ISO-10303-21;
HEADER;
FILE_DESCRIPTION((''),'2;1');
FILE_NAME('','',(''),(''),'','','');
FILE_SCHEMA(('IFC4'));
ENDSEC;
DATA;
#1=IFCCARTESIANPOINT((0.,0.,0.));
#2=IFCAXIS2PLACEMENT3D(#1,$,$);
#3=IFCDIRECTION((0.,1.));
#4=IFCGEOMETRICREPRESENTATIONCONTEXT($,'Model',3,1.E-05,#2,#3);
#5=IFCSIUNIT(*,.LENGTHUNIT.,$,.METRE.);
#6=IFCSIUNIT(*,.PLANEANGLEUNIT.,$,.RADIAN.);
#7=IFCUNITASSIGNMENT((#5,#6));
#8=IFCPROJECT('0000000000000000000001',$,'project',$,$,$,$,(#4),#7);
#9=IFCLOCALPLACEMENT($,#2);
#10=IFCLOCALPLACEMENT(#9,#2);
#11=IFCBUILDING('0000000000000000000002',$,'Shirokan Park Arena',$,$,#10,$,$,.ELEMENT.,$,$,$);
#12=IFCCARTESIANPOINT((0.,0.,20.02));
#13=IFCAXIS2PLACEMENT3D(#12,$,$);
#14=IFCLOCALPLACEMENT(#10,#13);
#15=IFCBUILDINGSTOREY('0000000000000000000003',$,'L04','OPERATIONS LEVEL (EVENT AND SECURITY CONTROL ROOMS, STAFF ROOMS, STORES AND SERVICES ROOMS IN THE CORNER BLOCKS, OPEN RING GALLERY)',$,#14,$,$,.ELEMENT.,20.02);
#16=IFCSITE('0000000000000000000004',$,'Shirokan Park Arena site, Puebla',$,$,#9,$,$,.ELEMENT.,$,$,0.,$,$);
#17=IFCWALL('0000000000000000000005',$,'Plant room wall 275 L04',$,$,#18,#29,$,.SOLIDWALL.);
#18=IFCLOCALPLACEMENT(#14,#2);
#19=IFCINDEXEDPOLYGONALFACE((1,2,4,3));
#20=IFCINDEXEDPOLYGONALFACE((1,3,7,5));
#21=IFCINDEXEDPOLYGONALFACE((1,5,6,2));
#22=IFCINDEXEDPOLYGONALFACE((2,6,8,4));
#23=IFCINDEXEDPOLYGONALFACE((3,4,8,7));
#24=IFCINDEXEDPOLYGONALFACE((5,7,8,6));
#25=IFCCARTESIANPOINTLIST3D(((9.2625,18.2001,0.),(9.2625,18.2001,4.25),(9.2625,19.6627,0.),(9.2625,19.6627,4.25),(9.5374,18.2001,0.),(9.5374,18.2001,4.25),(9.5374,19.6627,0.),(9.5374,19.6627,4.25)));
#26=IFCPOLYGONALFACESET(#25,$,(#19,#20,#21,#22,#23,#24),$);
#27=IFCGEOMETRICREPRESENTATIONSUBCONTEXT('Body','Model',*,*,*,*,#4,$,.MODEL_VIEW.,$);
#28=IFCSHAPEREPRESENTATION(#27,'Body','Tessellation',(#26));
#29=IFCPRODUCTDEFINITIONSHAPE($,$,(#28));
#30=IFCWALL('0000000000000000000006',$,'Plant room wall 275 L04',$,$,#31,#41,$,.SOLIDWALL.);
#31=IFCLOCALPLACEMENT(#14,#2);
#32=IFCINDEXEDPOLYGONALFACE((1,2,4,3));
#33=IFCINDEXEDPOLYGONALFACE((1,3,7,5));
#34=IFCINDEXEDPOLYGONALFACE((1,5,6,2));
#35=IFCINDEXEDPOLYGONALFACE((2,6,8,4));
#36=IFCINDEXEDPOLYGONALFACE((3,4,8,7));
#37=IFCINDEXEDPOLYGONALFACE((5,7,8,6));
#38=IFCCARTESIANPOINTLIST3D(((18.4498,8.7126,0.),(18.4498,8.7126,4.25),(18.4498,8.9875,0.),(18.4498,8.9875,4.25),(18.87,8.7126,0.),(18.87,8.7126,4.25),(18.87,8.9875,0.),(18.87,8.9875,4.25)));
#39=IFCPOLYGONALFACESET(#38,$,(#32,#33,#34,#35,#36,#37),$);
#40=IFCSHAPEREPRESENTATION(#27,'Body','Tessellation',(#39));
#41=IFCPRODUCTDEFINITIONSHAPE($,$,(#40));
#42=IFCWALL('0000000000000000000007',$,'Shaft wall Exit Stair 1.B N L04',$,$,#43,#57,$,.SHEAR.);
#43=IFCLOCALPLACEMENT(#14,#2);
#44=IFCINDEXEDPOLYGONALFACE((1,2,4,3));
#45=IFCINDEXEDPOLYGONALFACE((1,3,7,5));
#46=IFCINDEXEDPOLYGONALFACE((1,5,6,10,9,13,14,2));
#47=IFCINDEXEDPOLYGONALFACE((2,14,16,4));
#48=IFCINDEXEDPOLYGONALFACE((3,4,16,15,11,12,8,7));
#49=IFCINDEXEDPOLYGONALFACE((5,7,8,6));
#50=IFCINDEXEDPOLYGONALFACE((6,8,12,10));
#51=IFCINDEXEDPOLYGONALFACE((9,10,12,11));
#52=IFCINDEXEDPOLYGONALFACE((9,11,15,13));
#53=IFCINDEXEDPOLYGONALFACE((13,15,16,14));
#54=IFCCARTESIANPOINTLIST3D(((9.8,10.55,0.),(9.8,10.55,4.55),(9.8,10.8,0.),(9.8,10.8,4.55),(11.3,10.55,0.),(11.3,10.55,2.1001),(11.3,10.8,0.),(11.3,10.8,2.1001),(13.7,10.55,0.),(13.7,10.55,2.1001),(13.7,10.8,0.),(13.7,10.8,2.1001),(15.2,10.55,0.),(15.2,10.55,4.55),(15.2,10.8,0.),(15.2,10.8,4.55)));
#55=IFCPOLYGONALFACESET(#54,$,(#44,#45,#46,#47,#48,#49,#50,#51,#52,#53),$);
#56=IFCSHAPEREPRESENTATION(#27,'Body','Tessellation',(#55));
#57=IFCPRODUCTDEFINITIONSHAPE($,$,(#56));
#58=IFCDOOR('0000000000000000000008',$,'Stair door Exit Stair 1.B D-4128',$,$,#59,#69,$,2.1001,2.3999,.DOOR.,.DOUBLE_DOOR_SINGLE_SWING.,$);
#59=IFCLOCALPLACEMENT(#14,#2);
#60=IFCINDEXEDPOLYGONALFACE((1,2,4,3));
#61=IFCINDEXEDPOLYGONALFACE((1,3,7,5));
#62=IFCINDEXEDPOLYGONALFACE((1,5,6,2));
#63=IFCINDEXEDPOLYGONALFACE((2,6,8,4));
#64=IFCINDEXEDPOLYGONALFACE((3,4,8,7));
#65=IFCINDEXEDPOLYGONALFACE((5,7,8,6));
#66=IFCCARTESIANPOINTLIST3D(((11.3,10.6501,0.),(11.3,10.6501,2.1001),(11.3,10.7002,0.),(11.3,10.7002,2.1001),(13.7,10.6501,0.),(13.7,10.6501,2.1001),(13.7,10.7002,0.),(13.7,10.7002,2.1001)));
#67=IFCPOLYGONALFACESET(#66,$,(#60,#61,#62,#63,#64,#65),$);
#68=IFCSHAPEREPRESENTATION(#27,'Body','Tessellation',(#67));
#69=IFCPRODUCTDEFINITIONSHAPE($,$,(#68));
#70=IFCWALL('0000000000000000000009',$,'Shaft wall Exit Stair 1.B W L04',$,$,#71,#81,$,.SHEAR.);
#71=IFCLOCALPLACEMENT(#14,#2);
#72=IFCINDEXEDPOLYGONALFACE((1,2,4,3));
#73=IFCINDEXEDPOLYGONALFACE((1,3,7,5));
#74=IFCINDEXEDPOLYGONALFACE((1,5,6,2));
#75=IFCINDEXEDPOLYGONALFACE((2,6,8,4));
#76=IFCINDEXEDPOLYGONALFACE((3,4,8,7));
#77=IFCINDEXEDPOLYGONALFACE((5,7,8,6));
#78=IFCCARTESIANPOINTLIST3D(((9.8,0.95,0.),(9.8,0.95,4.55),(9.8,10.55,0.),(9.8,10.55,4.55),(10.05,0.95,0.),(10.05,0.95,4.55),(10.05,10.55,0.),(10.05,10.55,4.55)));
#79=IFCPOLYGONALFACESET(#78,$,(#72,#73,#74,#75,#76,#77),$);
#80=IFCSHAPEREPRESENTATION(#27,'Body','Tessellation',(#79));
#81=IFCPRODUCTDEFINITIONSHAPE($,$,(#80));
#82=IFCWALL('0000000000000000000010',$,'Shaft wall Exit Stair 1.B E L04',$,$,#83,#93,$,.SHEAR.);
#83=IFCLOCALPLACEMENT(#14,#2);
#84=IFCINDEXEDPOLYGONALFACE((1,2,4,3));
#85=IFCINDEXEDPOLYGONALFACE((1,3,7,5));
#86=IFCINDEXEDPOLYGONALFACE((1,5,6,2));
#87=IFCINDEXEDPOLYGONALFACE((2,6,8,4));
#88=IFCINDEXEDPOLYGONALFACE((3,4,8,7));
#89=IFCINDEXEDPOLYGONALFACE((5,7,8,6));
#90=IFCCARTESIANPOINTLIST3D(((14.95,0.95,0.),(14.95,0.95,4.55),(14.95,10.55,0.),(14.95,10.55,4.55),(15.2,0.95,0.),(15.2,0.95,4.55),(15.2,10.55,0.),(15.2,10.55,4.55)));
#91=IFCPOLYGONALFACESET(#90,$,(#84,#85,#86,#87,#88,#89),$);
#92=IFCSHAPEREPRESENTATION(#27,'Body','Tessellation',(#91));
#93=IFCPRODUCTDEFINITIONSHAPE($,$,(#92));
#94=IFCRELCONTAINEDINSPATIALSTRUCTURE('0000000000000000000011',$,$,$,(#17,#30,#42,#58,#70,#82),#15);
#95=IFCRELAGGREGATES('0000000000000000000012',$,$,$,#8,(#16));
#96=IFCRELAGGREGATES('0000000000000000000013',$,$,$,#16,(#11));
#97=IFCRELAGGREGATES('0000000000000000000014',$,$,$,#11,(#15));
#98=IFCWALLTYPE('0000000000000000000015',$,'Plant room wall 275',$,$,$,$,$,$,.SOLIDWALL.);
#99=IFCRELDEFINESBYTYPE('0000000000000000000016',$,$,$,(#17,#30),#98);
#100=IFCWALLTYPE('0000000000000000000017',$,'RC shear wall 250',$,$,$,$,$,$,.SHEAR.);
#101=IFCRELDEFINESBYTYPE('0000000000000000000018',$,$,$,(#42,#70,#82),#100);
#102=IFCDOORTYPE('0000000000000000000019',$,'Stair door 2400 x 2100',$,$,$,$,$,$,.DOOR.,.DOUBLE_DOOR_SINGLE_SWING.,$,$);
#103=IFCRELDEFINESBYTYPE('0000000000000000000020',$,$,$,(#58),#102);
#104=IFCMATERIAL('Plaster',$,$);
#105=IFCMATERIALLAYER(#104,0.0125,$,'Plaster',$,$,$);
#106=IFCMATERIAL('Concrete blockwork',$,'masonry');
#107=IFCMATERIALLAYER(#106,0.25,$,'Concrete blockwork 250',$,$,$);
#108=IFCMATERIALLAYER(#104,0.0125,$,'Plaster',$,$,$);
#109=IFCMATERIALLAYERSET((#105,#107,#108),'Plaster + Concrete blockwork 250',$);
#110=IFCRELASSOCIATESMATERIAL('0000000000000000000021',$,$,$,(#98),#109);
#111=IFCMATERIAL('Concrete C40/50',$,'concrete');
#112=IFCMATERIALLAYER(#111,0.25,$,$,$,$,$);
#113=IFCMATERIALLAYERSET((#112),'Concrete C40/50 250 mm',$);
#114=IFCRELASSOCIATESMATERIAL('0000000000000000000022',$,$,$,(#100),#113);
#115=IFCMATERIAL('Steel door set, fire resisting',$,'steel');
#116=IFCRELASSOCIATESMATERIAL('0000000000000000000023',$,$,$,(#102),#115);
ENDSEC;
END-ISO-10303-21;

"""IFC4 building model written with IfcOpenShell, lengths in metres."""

from ifc_helpers import new_model, si_unit, direction, frame, frame_2d, origin, place, context, subcontext, project, spatial, rectangle, extrude, material, layer, layer_set, type_object, element, fill, save


model = new_model("IFC4")

# Units and contexts
model_context = context("Model", 3, precision=1e-05, world=origin(), true_north=direction((0.0, 1.0)))
body_context = subcontext(model_context, "Body", "Model", "MODEL_VIEW")
ifc_project = project(units=[si_unit("LENGTHUNIT", "METRE"), si_unit("PLANEANGLEUNIT", "RADIAN")], contexts=[model_context])

# Site, building, storey
site_placement = place(None, origin())
site = spatial("IfcSite", under=ifc_project, at=site_placement, Name="Shirokan Park Arena site, Puebla", CompositionType="ELEMENT", RefElevation=0.0)
building_placement = place(site_placement, origin())
building = spatial("IfcBuilding", under=site, at=building_placement, Name="Shirokan Park Arena", CompositionType="ELEMENT")
storey_placement = place(building_placement, frame((0.0, 0.0, 20.02)))
storey = spatial("IfcBuildingStorey", under=building, at=storey_placement, Name="L04", Description="OPERATIONS LEVEL (EVENT AND SECURITY CONTROL ROOMS, STAFF ROOMS, STORES AND SERVICES ROOMS IN THE CORNER BLOCKS, OPEN RING GALLERY)", CompositionType="ELEMENT", Elevation=20.02)

# Shared definitions
ifc_material_1 = material(Name="Plaster")
ifc_material_2 = material(Name="Concrete blockwork", Category="masonry")

# Shared definitions
ifc_layer_1 = layer(ifc_material_1, 0.0125, Name="Plaster")
ifc_layer_2 = layer(ifc_material_2, 0.25, Name="Concrete blockwork 250")
ifc_layer_3 = layer(ifc_material_1, 0.0125, Name="Plaster")
ifc_layer_set_1 = layer_set([ifc_layer_1, ifc_layer_2, ifc_layer_3], Name="Plaster + Concrete blockwork 250")
wall_type_1 = type_object("IfcWallType", Name="Plant room wall 275", PredefinedType="SOLIDWALL", material=ifc_layer_set_1)

# Wall
wall_1_placement = place(storey_placement, frame((9.3999, 18.2, 0.0), z_axis=(0.0, 0.0, 1.0), x_axis=(0.0, 1.0, 0.0)))
element("IfcWall", 1, at=wall_1_placement, inside=storey, type_object=wall_type_1, Name="Plant room wall 275 L04", PredefinedType="SOLIDWALL", context=body_context, shape_type="SweptSolid", body=[
    extrude(rectangle(XDim=1.4626, YDim=0.2749, at=frame_2d((0.7314, 0.0))), origin(), (0.0, 0.0, 1.0), 4.25),
])

# Wall
wall_2_placement = place(storey_placement, frame((18.45, 8.8501, 0.0), z_axis=(0.0, 0.0, 1.0), x_axis=(1.0, 0.0, 0.0)))
element("IfcWall", 2, at=wall_2_placement, inside=storey, type_object=wall_type_1, Name="Plant room wall 275 L04", PredefinedType="SOLIDWALL", context=body_context, shape_type="SweptSolid", body=[
    extrude(rectangle(XDim=0.4202, YDim=0.2749, at=frame_2d((0.21, 0.0))), origin(), (0.0, 0.0, 1.0), 4.25),
])

# Wall, opening, door
ifc_material_3 = material(Name="Concrete C40/50", Category="concrete")
ifc_layer_4 = layer(ifc_material_3, 0.25)
ifc_layer_set_2 = layer_set([ifc_layer_4], Name="Concrete C40/50 250 mm")
wall_type_2 = type_object("IfcWallType", Name="RC shear wall 250", PredefinedType="SHEAR", material=ifc_layer_set_2)
wall_3_placement = place(storey_placement, frame((15.2, 10.675, 0.0), z_axis=(0.0, 0.0, 1.0), x_axis=(-1.0, 0.0, 0.0)))
wall_3 = element("IfcWall", 3, at=wall_3_placement, inside=storey, type_object=wall_type_2, Name="Shaft wall Exit Stair 1.B N L04", PredefinedType="SHEAR", context=body_context, shape_type="SweptSolid", body=[
    extrude(rectangle(XDim=5.3999, YDim=0.25, at=frame_2d((2.7, 0.0))), origin(), (0.0, 0.0, 1.0), 4.55),
])
opening_1_placement = place(wall_3_placement, frame((1.5, 0.0, 0.0)))
opening_1 = element("IfcOpeningElement", 4, at=opening_1_placement, cuts=wall_3, PredefinedType="OPENING", context=body_context, shape_type="SweptSolid", body=[
    extrude(rectangle(XDim=2.3999, YDim=2.1001, at=frame_2d((1.2, 1.05))), frame((0.0, 0.135, 0.0), z_axis=(0.0, -1.0, 0.0), x_axis=(1.0, 0.0, 0.0)), (0.0, 0.0, 1.0), 0.27),
])
ifc_material_4 = material(Name="Steel door set, fire resisting", Category="steel")
door_type_1 = type_object("IfcDoorType", Name="Stair door 2400 x 2100", OperationType="DOUBLE_DOOR_SINGLE_SWING", PredefinedType="DOOR", material=ifc_material_4)
door_1_placement = place(opening_1_placement, origin())
door_1 = element("IfcDoor", 5, at=door_1_placement, inside=storey, type_object=door_type_1, Name="Stair door Exit Stair 1.B D-4128", OperationType="DOUBLE_DOOR_SINGLE_SWING", OverallHeight=2.1001, OverallWidth=2.3999, PredefinedType="DOOR", context=body_context, shape_type="SweptSolid", body=[
    extrude(rectangle(XDim=2.3999, YDim=2.1001, at=frame_2d((1.2, 1.05))), frame((0.0, 0.0249, 0.0), z_axis=(0.0, -1.0, 0.0), x_axis=(1.0, 0.0, 0.0)), (0.0, 0.0, 1.0), 0.05),
])
fill(opening_1, door_1)

# Walls
for number, where, z_axis, x_axis, name in (
    (6, (9.925, 10.55, 0.0), (0.0, 0.0, 1.0), (0.0, -1.0, 0.0), "Shaft wall Exit Stair 1.B W L04"),
    (7, (15.075, 10.55, 0.0), (0.0, 0.0, 1.0), (0.0, -1.0, 0.0), "Shaft wall Exit Stair 1.B E L04"),
):
    element("IfcWall", number, at=place(storey_placement, frame(where, z_axis=z_axis, x_axis=x_axis)), inside=storey, type_object=wall_type_2, Name=name, PredefinedType="SHEAR", context=body_context, shape_type="SweptSolid", body=[
        extrude(rectangle(XDim=9.6001, YDim=0.25, at=frame_2d((4.8, 0.0))), origin(), (0.0, 0.0, 1.0), 4.55),
    ])

save(model, "model.ifc")
